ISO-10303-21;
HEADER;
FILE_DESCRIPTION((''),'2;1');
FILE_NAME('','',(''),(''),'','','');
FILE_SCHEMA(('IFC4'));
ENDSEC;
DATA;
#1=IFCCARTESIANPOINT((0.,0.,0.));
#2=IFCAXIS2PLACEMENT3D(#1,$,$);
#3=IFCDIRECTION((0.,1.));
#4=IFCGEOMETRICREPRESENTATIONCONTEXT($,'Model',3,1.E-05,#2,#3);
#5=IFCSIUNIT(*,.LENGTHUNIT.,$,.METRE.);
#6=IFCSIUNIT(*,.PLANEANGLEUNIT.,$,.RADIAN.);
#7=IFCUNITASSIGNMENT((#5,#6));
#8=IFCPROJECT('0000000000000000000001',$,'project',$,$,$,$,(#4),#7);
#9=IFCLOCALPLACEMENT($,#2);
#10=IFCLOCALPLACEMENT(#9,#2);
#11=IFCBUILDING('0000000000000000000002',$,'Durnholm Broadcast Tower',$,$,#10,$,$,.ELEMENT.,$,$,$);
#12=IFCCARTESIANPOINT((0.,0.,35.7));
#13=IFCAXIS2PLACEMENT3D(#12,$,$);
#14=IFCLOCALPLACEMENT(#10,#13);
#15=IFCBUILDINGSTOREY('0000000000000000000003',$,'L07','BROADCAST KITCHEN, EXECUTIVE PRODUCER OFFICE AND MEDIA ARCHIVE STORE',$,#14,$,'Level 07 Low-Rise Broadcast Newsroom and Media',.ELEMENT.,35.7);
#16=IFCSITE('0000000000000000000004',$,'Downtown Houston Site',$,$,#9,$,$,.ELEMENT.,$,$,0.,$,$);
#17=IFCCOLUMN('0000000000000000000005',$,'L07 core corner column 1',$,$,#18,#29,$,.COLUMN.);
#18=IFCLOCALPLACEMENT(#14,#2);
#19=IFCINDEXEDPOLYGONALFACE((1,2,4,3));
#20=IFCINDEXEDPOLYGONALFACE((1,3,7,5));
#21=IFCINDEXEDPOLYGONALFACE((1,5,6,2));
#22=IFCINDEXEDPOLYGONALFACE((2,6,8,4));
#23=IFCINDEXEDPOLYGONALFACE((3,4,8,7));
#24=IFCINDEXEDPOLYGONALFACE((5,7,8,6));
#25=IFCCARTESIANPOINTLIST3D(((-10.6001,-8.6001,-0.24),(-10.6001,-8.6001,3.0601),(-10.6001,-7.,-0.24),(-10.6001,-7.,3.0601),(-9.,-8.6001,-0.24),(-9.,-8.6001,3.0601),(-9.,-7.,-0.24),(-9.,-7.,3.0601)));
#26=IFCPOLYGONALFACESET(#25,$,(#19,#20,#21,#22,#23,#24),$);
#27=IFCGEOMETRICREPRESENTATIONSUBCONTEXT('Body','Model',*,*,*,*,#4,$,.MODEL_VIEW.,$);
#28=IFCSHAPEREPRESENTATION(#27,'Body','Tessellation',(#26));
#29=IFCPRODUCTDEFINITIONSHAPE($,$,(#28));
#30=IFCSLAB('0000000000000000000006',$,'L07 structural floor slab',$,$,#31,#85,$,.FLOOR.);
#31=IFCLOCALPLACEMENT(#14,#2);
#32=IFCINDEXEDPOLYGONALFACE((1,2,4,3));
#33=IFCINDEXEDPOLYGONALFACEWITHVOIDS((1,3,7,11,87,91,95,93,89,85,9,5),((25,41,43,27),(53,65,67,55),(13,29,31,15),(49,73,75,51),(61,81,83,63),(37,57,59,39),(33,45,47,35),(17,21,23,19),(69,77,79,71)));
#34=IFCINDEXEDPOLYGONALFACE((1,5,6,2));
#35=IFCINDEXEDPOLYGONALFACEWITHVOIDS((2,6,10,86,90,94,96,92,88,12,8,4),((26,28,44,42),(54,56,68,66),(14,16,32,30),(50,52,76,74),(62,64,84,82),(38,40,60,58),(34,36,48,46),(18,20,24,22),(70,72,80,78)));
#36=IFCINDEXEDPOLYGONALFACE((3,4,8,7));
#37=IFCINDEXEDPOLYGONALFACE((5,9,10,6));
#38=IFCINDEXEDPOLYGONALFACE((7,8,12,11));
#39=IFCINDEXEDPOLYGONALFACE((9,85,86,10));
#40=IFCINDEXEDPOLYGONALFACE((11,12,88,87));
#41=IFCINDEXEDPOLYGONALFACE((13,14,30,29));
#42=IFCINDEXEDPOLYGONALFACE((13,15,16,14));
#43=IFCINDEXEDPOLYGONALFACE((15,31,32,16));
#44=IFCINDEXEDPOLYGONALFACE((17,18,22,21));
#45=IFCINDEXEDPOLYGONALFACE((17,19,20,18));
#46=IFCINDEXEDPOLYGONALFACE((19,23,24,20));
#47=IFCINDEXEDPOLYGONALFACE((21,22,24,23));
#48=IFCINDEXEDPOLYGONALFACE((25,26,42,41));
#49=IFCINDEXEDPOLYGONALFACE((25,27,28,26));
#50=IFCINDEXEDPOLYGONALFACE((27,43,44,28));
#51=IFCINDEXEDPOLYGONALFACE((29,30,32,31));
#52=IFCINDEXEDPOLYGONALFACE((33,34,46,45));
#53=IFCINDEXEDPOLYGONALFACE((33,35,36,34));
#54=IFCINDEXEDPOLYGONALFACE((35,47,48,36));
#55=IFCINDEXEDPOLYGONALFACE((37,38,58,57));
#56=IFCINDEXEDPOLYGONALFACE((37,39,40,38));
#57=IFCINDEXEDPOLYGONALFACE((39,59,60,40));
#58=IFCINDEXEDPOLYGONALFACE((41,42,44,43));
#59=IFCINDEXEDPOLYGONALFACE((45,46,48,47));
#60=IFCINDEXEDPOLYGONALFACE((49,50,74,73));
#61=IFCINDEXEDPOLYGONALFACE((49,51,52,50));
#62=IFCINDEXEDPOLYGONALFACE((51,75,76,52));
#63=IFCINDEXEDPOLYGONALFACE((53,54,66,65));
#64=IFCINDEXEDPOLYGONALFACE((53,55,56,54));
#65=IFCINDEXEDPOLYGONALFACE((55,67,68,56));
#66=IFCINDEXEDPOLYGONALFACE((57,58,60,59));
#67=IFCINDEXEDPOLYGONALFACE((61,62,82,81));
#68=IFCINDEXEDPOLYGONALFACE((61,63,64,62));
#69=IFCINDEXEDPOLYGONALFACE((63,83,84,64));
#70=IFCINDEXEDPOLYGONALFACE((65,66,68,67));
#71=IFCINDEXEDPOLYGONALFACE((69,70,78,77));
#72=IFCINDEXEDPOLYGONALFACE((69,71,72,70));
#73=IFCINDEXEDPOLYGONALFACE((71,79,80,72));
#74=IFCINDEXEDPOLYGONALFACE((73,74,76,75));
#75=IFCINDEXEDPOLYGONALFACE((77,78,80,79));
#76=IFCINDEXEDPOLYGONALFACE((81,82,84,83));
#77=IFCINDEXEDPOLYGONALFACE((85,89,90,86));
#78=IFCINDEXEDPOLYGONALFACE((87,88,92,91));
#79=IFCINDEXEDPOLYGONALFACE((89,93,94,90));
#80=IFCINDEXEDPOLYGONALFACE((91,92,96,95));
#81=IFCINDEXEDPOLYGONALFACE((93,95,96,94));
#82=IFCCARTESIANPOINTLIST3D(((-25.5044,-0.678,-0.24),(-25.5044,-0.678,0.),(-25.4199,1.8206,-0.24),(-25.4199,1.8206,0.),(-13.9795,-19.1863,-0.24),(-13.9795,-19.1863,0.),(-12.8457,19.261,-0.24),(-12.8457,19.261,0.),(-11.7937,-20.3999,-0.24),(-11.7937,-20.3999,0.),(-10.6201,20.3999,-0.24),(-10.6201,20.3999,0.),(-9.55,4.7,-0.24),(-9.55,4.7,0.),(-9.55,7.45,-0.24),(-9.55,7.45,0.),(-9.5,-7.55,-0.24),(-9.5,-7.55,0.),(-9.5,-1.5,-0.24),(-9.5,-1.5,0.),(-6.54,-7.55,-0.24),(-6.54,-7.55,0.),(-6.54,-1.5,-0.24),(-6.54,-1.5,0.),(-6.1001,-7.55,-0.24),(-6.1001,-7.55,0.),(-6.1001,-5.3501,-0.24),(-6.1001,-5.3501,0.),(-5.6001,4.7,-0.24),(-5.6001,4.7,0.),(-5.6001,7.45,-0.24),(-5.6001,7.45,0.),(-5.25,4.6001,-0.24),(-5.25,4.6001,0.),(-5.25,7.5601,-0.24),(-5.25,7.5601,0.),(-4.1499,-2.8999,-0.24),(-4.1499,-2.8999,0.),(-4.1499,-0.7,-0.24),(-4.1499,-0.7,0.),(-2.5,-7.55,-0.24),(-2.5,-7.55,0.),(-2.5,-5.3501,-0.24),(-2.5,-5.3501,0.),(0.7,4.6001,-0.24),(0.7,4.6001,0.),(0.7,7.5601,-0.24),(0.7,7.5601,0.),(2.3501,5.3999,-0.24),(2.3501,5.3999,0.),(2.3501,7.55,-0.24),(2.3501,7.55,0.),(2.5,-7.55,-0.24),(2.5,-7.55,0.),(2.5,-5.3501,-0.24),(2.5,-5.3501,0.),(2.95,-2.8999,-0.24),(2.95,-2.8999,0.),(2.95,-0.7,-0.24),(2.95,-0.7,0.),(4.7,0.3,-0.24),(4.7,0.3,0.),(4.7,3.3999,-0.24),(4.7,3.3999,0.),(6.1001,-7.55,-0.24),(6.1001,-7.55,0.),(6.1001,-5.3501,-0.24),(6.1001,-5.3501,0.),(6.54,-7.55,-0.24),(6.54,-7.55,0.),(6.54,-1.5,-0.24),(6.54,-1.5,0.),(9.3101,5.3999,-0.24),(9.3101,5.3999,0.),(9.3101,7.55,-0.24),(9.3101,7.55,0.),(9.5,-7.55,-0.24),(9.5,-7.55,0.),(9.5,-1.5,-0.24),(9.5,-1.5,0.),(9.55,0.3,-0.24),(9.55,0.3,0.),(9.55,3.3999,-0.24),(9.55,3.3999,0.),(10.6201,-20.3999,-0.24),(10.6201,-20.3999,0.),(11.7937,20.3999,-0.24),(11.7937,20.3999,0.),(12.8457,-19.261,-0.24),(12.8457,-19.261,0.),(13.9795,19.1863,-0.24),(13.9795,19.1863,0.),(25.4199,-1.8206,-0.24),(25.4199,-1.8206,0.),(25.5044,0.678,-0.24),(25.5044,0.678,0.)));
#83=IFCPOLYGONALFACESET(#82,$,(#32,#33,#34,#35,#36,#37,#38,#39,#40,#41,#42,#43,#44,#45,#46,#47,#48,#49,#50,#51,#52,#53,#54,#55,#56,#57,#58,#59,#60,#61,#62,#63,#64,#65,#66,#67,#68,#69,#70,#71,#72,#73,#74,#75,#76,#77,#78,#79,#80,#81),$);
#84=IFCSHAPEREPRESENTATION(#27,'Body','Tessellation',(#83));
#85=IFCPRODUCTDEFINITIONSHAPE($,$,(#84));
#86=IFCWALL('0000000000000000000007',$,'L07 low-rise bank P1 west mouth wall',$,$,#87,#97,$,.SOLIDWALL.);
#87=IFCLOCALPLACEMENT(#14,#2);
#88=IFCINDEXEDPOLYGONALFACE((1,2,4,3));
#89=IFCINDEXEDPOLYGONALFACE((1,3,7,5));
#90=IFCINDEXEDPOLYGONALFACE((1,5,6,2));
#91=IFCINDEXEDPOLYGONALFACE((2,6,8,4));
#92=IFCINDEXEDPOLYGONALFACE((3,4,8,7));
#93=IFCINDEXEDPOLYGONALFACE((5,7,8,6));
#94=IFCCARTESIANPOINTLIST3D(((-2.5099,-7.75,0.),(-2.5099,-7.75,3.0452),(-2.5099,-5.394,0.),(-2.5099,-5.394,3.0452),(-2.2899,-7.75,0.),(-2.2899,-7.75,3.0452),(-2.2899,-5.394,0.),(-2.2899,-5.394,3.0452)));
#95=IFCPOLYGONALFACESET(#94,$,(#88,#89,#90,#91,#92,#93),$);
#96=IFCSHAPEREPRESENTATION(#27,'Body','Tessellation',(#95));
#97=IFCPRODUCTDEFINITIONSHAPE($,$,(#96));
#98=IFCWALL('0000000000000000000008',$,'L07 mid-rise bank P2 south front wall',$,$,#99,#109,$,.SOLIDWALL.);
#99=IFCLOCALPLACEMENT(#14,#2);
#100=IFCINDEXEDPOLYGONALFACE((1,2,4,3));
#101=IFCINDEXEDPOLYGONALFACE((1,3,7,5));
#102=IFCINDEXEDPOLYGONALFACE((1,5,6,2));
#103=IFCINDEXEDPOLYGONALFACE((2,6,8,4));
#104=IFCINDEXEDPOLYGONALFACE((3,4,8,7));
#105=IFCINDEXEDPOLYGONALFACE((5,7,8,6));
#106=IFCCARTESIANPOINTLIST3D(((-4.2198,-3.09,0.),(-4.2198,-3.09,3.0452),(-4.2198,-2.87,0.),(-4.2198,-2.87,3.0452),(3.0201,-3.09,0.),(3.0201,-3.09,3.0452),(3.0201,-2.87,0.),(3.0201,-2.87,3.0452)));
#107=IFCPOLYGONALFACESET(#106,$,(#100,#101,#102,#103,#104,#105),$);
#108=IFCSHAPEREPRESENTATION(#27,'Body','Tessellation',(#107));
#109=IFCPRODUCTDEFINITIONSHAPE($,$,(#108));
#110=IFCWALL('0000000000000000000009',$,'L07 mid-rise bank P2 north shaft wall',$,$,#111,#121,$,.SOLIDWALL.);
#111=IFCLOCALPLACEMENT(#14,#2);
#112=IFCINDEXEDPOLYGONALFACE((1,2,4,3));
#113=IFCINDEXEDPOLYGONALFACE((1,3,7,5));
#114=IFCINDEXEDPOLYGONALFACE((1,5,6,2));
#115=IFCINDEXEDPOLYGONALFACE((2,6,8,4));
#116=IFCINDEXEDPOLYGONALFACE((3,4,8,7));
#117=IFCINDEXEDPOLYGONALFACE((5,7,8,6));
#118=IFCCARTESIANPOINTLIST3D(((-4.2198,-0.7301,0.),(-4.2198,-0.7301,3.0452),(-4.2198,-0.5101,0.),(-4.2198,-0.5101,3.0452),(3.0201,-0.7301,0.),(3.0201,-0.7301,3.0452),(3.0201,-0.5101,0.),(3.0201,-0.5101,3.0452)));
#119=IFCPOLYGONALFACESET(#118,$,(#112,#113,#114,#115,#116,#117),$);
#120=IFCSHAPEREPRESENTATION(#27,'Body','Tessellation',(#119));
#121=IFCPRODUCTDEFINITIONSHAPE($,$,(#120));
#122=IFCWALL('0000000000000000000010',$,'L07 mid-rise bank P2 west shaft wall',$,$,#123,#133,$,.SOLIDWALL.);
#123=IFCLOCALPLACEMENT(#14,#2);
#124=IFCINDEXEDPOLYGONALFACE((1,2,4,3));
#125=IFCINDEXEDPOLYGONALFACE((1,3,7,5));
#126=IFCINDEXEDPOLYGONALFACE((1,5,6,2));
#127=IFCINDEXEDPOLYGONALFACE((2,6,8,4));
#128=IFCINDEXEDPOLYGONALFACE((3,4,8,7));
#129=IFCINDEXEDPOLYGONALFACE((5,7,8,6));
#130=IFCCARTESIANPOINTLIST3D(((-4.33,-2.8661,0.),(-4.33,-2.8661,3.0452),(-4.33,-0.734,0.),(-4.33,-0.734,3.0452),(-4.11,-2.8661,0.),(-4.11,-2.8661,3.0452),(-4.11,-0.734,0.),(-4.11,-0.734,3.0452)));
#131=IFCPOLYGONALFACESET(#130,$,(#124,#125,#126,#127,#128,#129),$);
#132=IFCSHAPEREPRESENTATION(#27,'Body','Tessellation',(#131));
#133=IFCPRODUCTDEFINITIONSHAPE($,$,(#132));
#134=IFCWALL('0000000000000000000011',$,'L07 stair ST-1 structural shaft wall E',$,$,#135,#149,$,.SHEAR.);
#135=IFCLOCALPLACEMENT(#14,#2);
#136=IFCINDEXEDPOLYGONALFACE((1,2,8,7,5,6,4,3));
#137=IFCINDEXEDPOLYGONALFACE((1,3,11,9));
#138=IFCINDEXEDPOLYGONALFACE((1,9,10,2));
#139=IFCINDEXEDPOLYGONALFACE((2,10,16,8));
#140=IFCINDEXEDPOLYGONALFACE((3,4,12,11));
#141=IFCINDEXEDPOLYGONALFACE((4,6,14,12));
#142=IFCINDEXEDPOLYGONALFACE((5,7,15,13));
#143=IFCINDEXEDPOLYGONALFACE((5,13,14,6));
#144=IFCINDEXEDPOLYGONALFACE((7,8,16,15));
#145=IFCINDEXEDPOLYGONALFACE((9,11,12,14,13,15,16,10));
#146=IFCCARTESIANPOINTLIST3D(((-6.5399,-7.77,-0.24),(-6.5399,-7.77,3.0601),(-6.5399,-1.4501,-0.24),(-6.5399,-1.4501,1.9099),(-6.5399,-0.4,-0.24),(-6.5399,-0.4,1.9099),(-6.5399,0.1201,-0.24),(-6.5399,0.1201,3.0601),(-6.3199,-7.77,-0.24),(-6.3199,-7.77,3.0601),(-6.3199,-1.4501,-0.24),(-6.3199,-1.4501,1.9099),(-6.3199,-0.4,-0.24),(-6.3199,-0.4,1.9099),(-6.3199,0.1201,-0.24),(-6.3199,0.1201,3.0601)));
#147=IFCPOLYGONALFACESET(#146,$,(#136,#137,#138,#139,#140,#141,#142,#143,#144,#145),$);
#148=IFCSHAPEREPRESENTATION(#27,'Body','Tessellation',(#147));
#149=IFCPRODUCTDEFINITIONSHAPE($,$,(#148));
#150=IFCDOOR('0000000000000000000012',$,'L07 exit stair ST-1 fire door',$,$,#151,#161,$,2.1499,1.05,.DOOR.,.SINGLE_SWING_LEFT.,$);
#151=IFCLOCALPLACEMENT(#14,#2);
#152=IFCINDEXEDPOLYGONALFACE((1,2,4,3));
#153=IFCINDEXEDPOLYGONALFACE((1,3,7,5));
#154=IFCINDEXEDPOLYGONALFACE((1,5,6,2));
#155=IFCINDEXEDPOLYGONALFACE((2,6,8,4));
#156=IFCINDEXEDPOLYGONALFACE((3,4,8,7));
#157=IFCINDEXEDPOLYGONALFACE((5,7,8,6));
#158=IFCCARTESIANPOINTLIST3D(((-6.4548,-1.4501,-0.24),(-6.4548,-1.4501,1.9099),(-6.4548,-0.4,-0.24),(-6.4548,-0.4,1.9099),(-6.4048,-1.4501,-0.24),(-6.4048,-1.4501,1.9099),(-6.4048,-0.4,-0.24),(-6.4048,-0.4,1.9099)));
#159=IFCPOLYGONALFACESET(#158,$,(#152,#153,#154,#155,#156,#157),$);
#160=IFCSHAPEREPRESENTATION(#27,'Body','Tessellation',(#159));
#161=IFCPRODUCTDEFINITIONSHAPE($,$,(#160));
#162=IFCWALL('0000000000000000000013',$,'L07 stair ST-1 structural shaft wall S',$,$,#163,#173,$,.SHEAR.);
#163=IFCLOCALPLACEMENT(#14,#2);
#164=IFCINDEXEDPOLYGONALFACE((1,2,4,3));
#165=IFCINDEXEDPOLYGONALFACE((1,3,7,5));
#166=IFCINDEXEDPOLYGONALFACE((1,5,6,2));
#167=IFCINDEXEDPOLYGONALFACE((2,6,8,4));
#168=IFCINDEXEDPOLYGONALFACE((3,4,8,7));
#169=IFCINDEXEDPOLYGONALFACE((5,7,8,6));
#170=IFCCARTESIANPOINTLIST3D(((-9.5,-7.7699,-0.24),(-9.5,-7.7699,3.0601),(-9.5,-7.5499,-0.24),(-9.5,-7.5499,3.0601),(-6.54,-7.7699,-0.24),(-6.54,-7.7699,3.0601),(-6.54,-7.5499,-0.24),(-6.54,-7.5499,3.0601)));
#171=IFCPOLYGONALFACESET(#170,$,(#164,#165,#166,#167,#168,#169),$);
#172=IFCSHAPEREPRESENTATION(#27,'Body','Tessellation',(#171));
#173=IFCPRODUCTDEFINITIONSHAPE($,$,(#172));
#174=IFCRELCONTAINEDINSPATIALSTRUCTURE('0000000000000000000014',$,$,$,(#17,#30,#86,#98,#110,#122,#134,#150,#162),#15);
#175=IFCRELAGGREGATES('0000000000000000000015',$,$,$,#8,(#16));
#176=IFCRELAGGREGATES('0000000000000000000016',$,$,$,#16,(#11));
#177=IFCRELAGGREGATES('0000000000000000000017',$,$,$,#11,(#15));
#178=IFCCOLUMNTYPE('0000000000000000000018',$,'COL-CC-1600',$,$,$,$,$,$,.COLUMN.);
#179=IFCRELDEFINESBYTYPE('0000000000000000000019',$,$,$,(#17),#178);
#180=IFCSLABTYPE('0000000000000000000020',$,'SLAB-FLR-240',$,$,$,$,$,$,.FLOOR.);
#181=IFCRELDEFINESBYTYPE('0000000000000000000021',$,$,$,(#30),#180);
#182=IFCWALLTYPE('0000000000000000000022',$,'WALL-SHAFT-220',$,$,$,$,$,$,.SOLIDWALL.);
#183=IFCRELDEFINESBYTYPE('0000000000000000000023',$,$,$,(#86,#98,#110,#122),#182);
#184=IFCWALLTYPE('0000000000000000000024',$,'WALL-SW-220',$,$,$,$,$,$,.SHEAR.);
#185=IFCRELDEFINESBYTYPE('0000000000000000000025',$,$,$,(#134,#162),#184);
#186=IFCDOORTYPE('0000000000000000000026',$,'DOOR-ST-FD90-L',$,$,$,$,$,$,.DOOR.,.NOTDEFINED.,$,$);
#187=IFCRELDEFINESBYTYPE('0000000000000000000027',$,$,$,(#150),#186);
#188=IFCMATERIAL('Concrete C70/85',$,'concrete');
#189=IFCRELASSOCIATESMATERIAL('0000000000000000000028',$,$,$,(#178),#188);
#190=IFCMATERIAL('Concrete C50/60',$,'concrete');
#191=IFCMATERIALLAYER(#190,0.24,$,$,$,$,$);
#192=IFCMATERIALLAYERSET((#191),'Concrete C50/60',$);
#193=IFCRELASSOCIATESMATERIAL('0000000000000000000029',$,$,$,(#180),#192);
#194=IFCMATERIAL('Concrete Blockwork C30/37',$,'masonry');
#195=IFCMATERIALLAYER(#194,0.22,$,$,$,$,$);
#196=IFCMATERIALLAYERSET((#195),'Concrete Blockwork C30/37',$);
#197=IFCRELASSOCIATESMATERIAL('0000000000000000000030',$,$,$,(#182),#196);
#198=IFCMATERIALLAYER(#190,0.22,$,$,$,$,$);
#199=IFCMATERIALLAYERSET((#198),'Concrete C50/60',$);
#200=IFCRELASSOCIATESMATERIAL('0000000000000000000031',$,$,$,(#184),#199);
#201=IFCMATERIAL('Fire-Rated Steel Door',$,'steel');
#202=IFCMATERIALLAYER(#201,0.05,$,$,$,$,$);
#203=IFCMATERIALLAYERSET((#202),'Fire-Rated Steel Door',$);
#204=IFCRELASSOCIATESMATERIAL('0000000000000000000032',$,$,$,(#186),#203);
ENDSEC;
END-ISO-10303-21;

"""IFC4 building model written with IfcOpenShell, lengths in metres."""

from ifc_helpers import new_model, si_unit, direction, frame, frame_2d, origin, origin_2d, place, context, subcontext, project, spatial, polyline, rectangle, outline, extrude, source, transform, mapped, material, layer, layer_set, material_profile, profile_set, type_object, type_shapes, element, fill, save


model = new_model("IFC4")

# Units and contexts
model_context = context("Model", 3, precision=1e-05, world=origin(), true_north=direction((0.0, 1.0)))
body_context = subcontext(model_context, "Body", "Model", "MODEL_VIEW")
ifc_project = project(units=[si_unit("LENGTHUNIT", "METRE"), si_unit("PLANEANGLEUNIT", "RADIAN")], contexts=[model_context])

# Site, building, storey
site_placement = place(None, origin())
site = spatial("IfcSite", under=ifc_project, at=site_placement, Name="Downtown Houston Site", CompositionType="ELEMENT", RefElevation=0.0)
building_placement = place(site_placement, origin())
building = spatial("IfcBuilding", under=site, at=building_placement, Name="Durnholm Broadcast Tower", CompositionType="ELEMENT")
storey_placement = place(building_placement, frame((0.0, 0.0, 35.7)))
storey = spatial("IfcBuildingStorey", under=building, at=storey_placement, Name="L07", Description="BROADCAST KITCHEN, EXECUTIVE PRODUCER OFFICE AND MEDIA ARCHIVE STORE", LongName="Level 07 Low-Rise Broadcast Newsroom and Media", CompositionType="ELEMENT", Elevation=35.7)

# Column
ifc_material_1 = material(Name="Concrete C70/85", Category="concrete")
ifc_material_profile = material_profile(ifc_material_1, rectangle(XDim=1.6001, YDim=1.6001, at=origin_2d()), Name="RC1600X1600")
ifc_profile_set = profile_set([ifc_material_profile], Name="Concrete C70/85")
column_type = type_object("IfcColumnType", Name="COL-CC-1600", PredefinedType="COLUMN", material=ifc_profile_set)
shared_shape_1 = source(origin(), body_context, "Body", "SweptSolid", [
    extrude(rectangle(XDim=1.6001, YDim=1.6001, at=origin_2d()), origin(), (0.0, 0.0, 1.0), 3.3),
])
type_shapes(column_type, [shared_shape_1])
column_placement = place(storey_placement, frame((-9.8, -7.8, -0.24), z_axis=(0.0, 0.0, 1.0), x_axis=(1.0, 0.0, 0.0)))
element("IfcColumn", 1, at=column_placement, inside=storey, type_object=column_type, Name="L07 core corner column 1", PredefinedType="COLUMN", context=body_context, shape_type="MappedRepresentation", body=[
    mapped(shared_shape_1, transform((0.0, 0.0, 0.0), x_axis=(1.0, 0.0, 0.0), y_axis=(0.0, 1.0, 0.0), z_axis=(0.0, 0.0, 1.0), scale=1.0)),
])

# Slab
ifc_material_2 = material(Name="Concrete C50/60", Category="concrete")
ifc_layer_1 = layer(ifc_material_2, 0.24)
ifc_layer_set_1 = layer_set([ifc_layer_1], Name="Concrete C50/60")
slab_type = type_object("IfcSlabType", Name="SLAB-FLR-240", PredefinedType="FLOOR", material=ifc_layer_set_1)
slab_placement = place(storey_placement, frame((0.0, 0.0, -0.24)))
element("IfcSlab", 2, at=slab_placement, inside=storey, type_object=slab_type, Name="L07 structural floor slab", PredefinedType="FLOOR", context=body_context, shape_type="SweptSolid", body=[
    extrude(outline(polyline([(-13.9795, -19.1863), (-11.7937, -20.3999), (10.6201, -20.3999), (12.8457, -19.261), (25.4199, -1.8206), (25.5044, 0.678), (13.9795, 19.1863), (11.7937, 20.3999), (-10.6201, 20.3999), (-12.8457, 19.261), (-25.4199, 1.8206), (-25.5044, -0.678), (-13.9795, -19.1863)]), holes=[polyline([(-2.5, -5.3501), (-6.1001, -5.3501), (-6.1001, -7.55), (-2.5, -7.55), (-2.5, -5.3501)]), polyline([(6.1001, -5.3501), (2.5, -5.3501), (2.5, -7.55), (6.1001, -7.55), (6.1001, -5.3501)]), polyline([(-6.54, -7.55), (-6.54, -1.5), (-9.5, -1.5), (-9.5, -7.55), (-6.54, -7.55)]), polyline([(9.5, -7.55), (9.5, -1.5), (6.54, -1.5), (6.54, -7.55), (9.5, -7.55)]), polyline([(2.95, -0.7), (-4.1499, -0.7), (-4.1499, -2.8999), (2.95, -2.8999), (2.95, -0.7)]), polyline([(9.55, 3.3999), (4.7, 3.3999), (4.7, 0.3), (9.55, 0.3), (9.55, 3.3999)]), polyline([(-5.6001, 7.45), (-9.55, 7.45), (-9.55, 4.7), (-5.6001, 4.7), (-5.6001, 7.45)]), polyline([(-5.25, 7.5601), (-5.25, 4.6001), (0.7, 4.6001), (0.7, 7.5601), (-5.25, 7.5601)]), polyline([(9.3101, 5.3999), (9.3101, 7.55), (2.3501, 7.55), (2.3501, 5.3999), (9.3101, 5.3999)])]), origin(), (0.0, 0.0, 1.0), 0.24),
])

# Shared definitions
ifc_material_3 = material(Name="Concrete Blockwork C30/37", Category="masonry")
ifc_layer_2 = layer(ifc_material_3, 0.22)
ifc_layer_set_2 = layer_set([ifc_layer_2], Name="Concrete Blockwork C30/37")
wall_type_1 = type_object("IfcWallType", Name="WALL-SHAFT-220", PredefinedType="SOLIDWALL", material=ifc_layer_set_2)

# Walls
wall_1_placement = place(storey_placement, frame((-2.3999, -7.75, 0.0), z_axis=(0.0, 0.0, 1.0), x_axis=(0.0, 1.0, 0.0)))
element("IfcWall", 3, at=wall_1_placement, inside=storey, type_object=wall_type_1, Name="L07 low-rise bank P1 west mouth wall", PredefinedType="SOLIDWALL", context=body_context, shape_type="SweptSolid", body=[
    extrude(rectangle(XDim=2.356, YDim=0.22, at=frame_2d((1.178, 0.0))), origin(), (0.0, 0.0, 1.0), 3.0452),
])
for number, where, z_axis, x_axis, name in (
    (4, (-4.22, -2.98, 0.0), (0.0, 0.0, 1.0), (1.0, 0.0, 0.0), "L07 mid-rise bank P2 south front wall"),
    (5, (-4.22, -0.6201, 0.0), (0.0, 0.0, 1.0), (1.0, 0.0, 0.0), "L07 mid-rise bank P2 north shaft wall"),
):
    element("IfcWall", number, at=place(storey_placement, frame(where, z_axis=z_axis, x_axis=x_axis)), inside=storey, type_object=wall_type_1, Name=name, PredefinedType="SOLIDWALL", context=body_context, shape_type="SweptSolid", body=[
        extrude(rectangle(XDim=7.24, YDim=0.22, at=frame_2d((3.6201, 0.0))), origin(), (0.0, 0.0, 1.0), 3.0452),
    ])
wall_2_placement = place(storey_placement, frame((-4.22, -2.866, 0.0), z_axis=(0.0, 0.0, 1.0), x_axis=(0.0, 1.0, 0.0)))
element("IfcWall", 6, at=wall_2_placement, inside=storey, type_object=wall_type_1, Name="L07 mid-rise bank P2 west shaft wall", PredefinedType="SOLIDWALL", context=body_context, shape_type="SweptSolid", body=[
    extrude(rectangle(XDim=2.1321, YDim=0.22, at=frame_2d((1.0659, 0.0))), origin(), (0.0, 0.0, 1.0), 3.0452),
])

# Wall, opening, door
ifc_layer_3 = layer(ifc_material_2, 0.22)
ifc_layer_set_3 = layer_set([ifc_layer_3], Name="Concrete C50/60")
wall_type_2 = type_object("IfcWallType", Name="WALL-SW-220", PredefinedType="SHEAR", material=ifc_layer_set_3)
wall_3_placement = place(storey_placement, frame((-6.4299, -7.77, -0.24), z_axis=(0.0, 0.0, 1.0), x_axis=(0.0, 1.0, 0.0)))
wall_3 = element("IfcWall", 7, at=wall_3_placement, inside=storey, type_object=wall_type_2, Name="L07 stair ST-1 structural shaft wall E", PredefinedType="SHEAR", context=body_context, shape_type="SweptSolid", body=[
    extrude(rectangle(XDim=7.8901, YDim=0.22, at=frame_2d((3.9451, 0.0))), origin(), (0.0, 0.0, 1.0), 3.3),
])
opening_1_placement = place(wall_3_placement, frame((6.3201, 0.0, 0.0)))
opening_1 = element("IfcOpeningElement", 8, at=opening_1_placement, cuts=wall_3, PredefinedType="OPENING", context=body_context, shape_type="SweptSolid", body=[
    extrude(rectangle(XDim=1.05, YDim=2.1499, at=frame_2d((0.5249, 1.075))), frame((0.0, 0.1201, 0.0), z_axis=(0.0, -1.0, 0.0), x_axis=(1.0, 0.0, 0.0)), (0.0, 0.0, 1.0), 0.24),
])
ifc_material_4 = material(Name="Fire-Rated Steel Door", Category="steel")
ifc_layer_4 = layer(ifc_material_4, 0.05)
ifc_layer_set_4 = layer_set([ifc_layer_4], Name="Fire-Rated Steel Door")
door_type_1 = type_object("IfcDoorType", Name="DOOR-ST-FD90-L", OperationType="NOTDEFINED", PredefinedType="DOOR", material=ifc_layer_set_4)
shared_shape_2 = source(origin(), body_context, "Body", "SweptSolid", [
    extrude(rectangle(XDim=1.05, YDim=2.1499, at=frame_2d((0.5249, 1.075))), frame((0.0, 0.0249, 0.0), z_axis=(0.0, -1.0, 0.0), x_axis=(1.0, 0.0, 0.0)), (0.0, 0.0, 1.0), 0.05),
])
type_shapes(door_type_1, [shared_shape_2])
door_1_placement = place(opening_1_placement, origin())
door_1 = element("IfcDoor", 9, at=door_1_placement, inside=storey, type_object=door_type_1, Name="L07 exit stair ST-1 fire door", OperationType="SINGLE_SWING_LEFT", OverallHeight=2.1499, OverallWidth=1.05, PredefinedType="DOOR", context=body_context, shape_type="MappedRepresentation", body=[
    mapped(shared_shape_2, transform((0.0, 0.0, 0.0), x_axis=(1.0, 0.0, 0.0), y_axis=(0.0, 1.0, 0.0), z_axis=(0.0, 0.0, 1.0), scale=1.0)),
])
fill(opening_1, door_1)

# Wall
wall_4_placement = place(storey_placement, frame((-9.5, -7.6599, -0.24), z_axis=(0.0, 0.0, 1.0), x_axis=(1.0, 0.0, 0.0)))
element("IfcWall", 10, at=wall_4_placement, inside=storey, type_object=wall_type_2, Name="L07 stair ST-1 structural shaft wall S", PredefinedType="SHEAR", context=body_context, shape_type="SweptSolid", body=[
    extrude(rectangle(XDim=2.96, YDim=0.22, at=frame_2d((1.48, 0.0))), origin(), (0.0, 0.0, 1.0), 3.3),
])

save(model, "model.ifc")
